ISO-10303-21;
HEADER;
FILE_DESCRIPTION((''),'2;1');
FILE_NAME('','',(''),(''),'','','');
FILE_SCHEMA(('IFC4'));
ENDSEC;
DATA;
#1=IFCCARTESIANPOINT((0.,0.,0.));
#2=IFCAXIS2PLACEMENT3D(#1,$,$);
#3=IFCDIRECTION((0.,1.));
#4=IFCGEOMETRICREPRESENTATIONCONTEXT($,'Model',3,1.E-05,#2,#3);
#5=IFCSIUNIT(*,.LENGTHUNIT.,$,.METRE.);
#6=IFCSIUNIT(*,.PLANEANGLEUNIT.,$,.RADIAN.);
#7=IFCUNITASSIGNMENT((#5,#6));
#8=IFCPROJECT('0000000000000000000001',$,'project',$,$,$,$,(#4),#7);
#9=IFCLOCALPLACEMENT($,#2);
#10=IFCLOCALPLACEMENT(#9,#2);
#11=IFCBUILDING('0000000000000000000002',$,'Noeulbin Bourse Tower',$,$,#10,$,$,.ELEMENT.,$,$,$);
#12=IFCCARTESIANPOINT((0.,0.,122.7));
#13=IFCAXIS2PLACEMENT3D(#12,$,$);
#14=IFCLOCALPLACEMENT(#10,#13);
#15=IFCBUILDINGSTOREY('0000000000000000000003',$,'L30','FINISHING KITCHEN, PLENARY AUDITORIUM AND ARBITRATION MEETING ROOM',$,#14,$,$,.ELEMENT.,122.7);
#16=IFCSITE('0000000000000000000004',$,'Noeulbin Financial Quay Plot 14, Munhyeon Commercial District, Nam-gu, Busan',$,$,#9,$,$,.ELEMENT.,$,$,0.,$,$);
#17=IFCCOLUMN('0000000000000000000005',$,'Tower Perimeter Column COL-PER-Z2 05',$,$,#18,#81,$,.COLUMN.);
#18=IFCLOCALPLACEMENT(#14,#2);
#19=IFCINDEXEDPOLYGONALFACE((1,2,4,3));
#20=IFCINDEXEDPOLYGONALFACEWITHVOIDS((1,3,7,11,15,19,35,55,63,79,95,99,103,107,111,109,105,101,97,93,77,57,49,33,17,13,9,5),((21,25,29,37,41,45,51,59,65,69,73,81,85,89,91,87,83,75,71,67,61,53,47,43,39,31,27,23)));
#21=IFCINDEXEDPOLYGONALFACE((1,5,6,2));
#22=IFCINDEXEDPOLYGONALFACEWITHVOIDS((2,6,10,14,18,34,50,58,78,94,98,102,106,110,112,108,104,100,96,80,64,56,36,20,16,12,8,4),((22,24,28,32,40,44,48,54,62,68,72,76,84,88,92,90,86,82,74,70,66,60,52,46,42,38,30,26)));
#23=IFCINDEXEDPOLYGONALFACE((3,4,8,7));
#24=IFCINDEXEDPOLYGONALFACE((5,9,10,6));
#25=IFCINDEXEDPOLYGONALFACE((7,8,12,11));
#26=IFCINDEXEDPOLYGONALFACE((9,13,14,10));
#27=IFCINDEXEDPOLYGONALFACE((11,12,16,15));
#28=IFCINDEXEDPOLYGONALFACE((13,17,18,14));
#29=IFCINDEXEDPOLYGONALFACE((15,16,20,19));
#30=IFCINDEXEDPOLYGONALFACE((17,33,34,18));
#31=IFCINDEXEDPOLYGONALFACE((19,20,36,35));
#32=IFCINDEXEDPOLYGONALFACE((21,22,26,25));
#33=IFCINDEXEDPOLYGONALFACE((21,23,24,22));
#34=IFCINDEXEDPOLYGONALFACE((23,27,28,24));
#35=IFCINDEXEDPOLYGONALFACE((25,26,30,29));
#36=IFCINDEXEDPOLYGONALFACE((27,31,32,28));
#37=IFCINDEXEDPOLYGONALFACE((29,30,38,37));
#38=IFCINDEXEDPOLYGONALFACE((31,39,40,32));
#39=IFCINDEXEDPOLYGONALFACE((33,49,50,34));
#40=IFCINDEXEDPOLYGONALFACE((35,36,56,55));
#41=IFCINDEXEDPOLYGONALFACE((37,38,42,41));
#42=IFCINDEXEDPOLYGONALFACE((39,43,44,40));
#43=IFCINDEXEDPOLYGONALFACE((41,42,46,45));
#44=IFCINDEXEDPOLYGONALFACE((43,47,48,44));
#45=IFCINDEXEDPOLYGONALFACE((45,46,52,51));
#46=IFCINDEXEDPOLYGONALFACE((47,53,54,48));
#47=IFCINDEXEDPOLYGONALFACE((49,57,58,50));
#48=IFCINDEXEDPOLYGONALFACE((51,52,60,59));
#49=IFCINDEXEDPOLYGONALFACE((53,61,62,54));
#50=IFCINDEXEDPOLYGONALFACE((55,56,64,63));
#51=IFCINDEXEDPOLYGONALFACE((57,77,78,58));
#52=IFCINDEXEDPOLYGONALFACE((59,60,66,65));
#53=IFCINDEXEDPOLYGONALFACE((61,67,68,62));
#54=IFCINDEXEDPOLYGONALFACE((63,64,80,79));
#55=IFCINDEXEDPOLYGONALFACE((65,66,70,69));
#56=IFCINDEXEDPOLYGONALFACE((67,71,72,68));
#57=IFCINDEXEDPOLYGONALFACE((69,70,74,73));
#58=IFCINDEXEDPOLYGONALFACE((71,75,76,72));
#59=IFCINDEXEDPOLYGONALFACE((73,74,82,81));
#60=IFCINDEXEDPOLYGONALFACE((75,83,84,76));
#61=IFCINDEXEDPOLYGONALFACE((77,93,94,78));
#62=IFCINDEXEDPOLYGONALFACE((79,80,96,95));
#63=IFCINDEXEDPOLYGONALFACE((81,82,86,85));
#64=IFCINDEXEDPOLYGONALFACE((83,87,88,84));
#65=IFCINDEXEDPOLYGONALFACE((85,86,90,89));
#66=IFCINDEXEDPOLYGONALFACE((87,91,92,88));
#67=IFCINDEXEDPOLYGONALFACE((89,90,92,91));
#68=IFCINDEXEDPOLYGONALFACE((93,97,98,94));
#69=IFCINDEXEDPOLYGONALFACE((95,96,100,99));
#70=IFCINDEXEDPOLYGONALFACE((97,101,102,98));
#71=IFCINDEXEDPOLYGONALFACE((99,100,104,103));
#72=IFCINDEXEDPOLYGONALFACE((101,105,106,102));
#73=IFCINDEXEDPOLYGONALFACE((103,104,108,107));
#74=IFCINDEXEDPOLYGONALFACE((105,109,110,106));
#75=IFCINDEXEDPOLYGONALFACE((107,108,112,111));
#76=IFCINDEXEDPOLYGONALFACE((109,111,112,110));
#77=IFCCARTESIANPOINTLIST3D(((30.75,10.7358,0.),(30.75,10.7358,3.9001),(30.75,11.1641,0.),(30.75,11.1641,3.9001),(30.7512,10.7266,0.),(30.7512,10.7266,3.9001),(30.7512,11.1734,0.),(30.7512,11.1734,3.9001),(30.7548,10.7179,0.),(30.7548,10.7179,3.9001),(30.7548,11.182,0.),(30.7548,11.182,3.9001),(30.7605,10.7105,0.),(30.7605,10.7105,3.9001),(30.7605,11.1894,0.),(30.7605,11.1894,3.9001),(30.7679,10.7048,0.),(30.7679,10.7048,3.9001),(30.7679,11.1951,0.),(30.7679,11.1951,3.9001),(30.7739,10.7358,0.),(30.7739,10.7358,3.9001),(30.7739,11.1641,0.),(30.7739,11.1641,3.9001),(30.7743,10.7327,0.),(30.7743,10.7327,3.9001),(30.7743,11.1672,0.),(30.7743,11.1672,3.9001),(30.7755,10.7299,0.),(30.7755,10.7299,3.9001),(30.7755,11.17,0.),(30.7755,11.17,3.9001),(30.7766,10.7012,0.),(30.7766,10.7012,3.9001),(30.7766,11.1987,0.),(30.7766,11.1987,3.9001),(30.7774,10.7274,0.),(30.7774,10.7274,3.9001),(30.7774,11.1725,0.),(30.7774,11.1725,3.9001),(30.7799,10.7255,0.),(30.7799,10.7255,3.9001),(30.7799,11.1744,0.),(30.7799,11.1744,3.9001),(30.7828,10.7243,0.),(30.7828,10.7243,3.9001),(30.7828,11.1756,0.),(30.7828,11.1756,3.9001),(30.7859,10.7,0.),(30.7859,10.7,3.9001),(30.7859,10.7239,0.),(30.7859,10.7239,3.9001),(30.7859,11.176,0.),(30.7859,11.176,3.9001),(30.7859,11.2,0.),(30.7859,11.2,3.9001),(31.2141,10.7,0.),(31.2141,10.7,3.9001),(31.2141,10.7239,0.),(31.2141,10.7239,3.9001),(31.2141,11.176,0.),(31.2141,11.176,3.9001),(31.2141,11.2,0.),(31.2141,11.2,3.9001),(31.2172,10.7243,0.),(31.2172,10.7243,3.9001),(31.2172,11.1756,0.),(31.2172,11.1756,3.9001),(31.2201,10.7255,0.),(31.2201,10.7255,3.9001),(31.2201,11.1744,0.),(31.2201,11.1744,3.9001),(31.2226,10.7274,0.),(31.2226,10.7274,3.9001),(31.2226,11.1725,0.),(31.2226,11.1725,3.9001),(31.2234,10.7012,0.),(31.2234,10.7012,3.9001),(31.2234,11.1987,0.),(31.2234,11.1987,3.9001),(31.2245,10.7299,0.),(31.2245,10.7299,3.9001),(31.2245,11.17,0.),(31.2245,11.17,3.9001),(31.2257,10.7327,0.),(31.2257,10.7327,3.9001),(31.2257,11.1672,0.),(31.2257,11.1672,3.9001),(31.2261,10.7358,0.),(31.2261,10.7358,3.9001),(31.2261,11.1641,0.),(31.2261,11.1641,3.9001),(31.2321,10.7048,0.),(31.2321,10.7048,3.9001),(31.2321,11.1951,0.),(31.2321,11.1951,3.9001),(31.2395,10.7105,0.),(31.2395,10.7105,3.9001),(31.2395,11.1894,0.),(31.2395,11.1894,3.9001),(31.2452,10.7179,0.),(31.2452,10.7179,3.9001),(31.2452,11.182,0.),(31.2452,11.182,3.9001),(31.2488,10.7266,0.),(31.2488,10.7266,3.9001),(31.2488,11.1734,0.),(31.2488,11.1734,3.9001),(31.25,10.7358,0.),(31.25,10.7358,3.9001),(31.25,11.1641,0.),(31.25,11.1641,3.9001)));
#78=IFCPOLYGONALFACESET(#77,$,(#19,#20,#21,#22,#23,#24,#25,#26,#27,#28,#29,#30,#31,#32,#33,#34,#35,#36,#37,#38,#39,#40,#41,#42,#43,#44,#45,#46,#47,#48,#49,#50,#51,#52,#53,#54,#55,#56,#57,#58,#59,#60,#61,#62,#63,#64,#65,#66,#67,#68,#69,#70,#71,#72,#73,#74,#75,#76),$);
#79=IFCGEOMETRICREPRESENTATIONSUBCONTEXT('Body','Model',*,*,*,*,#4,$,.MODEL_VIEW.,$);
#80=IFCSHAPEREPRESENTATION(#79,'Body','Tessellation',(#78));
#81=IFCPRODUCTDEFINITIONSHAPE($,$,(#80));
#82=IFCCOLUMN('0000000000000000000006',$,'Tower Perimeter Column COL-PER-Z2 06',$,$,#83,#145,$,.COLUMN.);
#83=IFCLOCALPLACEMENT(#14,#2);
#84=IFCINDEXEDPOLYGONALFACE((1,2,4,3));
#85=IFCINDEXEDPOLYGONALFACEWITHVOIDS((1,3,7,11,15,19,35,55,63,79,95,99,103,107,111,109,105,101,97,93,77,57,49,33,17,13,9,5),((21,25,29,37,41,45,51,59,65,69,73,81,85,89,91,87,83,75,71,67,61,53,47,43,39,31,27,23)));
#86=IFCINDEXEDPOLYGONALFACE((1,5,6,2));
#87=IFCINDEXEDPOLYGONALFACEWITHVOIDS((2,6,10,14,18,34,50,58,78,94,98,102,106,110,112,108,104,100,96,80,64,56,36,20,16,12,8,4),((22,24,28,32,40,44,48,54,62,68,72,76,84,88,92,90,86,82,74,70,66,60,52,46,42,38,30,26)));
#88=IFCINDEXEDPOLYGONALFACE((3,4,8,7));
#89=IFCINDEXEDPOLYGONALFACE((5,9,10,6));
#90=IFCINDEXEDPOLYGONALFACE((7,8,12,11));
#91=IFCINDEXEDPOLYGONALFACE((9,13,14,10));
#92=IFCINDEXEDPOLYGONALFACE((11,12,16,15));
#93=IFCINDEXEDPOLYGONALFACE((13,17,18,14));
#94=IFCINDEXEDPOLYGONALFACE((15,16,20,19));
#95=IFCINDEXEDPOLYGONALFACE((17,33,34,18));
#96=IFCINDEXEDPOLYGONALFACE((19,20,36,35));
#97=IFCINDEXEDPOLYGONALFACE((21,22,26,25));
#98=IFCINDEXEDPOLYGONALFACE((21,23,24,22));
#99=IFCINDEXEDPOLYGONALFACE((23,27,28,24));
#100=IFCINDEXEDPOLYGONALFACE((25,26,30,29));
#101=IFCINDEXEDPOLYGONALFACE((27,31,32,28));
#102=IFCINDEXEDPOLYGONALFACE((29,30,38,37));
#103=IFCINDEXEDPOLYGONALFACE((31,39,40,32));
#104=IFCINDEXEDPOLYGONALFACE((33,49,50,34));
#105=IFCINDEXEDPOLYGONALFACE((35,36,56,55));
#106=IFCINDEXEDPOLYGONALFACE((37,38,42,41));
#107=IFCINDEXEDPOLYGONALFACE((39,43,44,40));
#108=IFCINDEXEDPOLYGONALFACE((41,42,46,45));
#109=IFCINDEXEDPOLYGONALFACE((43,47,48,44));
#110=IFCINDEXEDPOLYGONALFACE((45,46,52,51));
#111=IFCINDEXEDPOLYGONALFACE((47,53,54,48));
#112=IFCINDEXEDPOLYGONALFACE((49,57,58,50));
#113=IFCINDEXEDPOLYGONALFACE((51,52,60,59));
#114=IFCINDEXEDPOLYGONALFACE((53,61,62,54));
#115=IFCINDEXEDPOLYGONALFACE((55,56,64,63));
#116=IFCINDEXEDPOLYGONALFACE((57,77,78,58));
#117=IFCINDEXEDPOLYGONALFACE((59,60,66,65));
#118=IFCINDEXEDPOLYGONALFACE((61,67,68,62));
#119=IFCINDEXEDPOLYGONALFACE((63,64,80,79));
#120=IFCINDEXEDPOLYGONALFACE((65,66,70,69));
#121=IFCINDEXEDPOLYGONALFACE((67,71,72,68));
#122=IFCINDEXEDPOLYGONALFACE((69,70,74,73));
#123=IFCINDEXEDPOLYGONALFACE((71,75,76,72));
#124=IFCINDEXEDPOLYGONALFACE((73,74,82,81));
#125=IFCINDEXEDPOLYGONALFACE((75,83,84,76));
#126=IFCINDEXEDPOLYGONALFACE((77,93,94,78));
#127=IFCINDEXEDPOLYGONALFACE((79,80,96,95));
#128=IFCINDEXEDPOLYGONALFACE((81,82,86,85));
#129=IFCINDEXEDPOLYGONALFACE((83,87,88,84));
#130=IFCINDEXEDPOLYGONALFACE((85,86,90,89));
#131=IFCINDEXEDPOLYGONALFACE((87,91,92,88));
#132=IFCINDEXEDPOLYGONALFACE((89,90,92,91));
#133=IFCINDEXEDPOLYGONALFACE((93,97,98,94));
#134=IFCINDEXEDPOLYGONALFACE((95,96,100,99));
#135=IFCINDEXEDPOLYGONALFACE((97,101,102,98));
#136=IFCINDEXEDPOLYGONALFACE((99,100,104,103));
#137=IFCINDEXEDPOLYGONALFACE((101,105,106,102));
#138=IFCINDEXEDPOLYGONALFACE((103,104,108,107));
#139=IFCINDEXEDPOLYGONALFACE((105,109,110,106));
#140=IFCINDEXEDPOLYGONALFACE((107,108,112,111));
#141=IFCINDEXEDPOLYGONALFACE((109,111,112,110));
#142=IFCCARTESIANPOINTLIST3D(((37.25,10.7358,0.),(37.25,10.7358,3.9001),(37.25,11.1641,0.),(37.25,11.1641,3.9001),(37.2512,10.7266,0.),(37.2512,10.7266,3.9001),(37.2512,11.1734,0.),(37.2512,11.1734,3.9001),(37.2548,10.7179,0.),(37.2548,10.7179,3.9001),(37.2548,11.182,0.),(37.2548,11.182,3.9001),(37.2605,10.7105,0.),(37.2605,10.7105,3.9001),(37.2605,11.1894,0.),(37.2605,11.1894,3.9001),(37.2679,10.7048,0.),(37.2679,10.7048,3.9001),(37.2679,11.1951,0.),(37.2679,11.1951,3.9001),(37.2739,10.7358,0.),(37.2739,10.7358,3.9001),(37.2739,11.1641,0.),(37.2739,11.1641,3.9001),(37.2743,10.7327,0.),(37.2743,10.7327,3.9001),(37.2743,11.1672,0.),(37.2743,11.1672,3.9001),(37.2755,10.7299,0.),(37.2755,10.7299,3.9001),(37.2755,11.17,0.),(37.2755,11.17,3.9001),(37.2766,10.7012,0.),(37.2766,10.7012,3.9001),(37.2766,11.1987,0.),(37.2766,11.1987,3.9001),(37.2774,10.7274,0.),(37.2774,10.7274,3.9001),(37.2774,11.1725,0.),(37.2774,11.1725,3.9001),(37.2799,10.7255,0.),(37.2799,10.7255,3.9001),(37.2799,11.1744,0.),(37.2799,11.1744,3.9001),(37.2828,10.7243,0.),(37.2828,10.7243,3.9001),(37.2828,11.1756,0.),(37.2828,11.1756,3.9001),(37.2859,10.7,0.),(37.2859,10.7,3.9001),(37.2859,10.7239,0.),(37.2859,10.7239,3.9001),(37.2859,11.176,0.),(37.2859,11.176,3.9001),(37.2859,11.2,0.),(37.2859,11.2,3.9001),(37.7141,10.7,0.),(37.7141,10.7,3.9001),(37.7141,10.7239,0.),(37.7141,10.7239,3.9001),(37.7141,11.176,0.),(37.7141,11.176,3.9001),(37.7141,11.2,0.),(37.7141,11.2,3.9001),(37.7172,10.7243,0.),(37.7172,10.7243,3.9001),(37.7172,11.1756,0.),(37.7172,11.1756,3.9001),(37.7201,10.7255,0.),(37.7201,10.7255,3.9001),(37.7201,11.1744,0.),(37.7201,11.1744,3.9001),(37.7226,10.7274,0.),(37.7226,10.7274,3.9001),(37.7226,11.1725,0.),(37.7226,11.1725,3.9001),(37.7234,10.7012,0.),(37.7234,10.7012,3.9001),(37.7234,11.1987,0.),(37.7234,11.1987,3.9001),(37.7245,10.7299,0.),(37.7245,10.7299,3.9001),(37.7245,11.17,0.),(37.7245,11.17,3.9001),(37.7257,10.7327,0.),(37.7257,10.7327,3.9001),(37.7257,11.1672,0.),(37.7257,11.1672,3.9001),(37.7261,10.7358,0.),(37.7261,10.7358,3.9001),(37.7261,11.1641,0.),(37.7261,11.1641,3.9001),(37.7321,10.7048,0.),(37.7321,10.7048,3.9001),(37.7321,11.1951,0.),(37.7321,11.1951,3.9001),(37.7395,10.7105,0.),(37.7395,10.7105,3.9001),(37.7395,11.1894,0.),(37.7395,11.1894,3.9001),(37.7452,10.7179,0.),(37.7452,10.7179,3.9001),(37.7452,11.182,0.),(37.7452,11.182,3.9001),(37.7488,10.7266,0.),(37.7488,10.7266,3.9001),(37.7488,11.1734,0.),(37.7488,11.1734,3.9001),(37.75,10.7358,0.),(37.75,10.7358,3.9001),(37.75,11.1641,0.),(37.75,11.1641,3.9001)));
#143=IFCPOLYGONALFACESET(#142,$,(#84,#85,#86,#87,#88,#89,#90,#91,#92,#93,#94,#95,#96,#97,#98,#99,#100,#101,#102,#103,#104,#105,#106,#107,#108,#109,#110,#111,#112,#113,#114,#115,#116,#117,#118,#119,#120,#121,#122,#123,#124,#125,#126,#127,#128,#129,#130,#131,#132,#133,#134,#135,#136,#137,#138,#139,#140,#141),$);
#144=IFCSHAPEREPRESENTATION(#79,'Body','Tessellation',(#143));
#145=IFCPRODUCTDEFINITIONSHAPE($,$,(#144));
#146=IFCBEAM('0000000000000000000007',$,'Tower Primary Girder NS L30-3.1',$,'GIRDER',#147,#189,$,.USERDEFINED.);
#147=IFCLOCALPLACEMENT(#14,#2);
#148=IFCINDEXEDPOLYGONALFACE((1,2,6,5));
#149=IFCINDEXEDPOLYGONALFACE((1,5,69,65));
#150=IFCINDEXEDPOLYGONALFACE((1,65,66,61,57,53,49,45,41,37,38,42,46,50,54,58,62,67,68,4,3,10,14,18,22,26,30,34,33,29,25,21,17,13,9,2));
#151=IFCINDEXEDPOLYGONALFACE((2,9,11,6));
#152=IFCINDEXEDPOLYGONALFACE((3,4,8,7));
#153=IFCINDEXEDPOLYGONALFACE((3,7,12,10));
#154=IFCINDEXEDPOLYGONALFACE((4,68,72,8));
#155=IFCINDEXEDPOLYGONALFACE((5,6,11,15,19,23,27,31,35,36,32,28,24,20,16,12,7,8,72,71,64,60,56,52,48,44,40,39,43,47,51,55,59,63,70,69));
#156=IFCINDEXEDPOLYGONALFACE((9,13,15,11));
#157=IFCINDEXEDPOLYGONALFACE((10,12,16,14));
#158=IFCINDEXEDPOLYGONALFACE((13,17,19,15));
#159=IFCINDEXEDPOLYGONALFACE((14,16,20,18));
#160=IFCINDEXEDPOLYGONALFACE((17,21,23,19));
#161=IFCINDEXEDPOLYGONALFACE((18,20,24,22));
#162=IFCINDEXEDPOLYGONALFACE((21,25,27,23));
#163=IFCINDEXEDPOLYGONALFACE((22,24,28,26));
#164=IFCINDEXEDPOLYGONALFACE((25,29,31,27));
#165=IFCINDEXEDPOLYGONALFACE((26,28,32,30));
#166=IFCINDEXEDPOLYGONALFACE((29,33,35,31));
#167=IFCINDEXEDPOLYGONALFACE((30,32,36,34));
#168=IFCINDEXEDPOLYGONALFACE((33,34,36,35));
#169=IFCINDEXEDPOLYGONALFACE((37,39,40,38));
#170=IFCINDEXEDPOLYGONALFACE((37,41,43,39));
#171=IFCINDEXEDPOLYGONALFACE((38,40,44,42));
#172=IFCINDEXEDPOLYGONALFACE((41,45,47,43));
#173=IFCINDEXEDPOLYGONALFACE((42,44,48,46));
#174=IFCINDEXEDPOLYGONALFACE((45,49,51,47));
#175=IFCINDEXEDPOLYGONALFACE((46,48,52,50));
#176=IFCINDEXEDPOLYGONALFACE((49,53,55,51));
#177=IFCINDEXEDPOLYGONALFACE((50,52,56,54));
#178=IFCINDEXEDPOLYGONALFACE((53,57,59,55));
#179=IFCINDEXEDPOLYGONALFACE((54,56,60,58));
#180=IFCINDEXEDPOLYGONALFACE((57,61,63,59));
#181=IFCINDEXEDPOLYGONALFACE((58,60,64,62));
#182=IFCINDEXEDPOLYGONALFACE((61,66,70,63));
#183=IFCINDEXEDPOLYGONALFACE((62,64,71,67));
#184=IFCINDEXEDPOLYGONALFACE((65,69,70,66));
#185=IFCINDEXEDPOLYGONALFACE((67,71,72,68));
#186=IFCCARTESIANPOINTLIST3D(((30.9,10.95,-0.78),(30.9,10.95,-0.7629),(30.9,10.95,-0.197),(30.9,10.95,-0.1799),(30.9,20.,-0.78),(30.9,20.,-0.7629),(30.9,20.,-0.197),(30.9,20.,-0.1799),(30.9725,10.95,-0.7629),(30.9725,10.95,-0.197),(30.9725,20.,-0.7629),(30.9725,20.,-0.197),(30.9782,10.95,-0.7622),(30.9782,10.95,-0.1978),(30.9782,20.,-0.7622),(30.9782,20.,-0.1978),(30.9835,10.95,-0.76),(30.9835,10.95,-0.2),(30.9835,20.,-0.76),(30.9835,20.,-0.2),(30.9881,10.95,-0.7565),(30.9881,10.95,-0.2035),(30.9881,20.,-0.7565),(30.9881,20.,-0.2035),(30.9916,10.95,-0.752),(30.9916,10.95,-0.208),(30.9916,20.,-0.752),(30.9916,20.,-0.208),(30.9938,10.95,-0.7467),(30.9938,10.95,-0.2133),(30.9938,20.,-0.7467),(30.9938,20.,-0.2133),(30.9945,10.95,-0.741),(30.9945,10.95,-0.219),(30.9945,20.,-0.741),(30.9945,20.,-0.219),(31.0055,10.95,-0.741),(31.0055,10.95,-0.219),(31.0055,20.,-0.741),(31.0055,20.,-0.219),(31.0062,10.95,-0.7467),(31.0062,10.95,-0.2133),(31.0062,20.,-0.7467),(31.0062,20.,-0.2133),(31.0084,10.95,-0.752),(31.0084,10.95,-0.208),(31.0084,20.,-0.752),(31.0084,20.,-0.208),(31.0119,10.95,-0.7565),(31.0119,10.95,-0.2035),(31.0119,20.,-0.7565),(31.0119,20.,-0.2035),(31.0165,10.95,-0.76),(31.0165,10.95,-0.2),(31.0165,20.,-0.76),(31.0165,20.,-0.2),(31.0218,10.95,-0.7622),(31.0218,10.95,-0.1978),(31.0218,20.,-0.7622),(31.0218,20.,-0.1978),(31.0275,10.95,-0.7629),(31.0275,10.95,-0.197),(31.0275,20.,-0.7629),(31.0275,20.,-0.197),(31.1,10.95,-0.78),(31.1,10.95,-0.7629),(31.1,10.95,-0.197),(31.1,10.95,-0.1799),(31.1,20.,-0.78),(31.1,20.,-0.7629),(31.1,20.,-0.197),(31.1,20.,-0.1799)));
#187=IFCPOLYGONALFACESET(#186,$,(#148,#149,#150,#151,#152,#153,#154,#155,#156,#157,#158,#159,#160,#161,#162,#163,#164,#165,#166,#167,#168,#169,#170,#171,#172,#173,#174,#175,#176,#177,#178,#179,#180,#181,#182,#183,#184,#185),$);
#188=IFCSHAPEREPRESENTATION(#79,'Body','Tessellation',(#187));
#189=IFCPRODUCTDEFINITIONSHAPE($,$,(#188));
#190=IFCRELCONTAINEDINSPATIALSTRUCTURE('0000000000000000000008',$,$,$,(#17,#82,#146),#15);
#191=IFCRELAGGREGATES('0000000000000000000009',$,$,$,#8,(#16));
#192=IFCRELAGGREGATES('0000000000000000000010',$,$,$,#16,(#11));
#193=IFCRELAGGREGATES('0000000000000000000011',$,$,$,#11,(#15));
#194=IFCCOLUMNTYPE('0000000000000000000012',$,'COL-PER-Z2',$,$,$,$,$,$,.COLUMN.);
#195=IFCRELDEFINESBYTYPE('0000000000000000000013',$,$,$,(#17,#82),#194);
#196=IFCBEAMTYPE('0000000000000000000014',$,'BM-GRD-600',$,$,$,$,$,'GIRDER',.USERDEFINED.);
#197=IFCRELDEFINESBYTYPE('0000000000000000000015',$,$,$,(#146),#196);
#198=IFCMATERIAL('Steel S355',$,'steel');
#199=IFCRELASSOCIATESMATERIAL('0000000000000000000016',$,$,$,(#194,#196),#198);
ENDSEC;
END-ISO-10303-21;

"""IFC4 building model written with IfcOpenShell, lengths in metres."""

from ifc_helpers import new_model, si_unit, direction, frame, origin, origin_2d, place, context, subcontext, project, spatial, hollow_rectangle, i_section, extrude, material, material_profile, profile_set, type_object, element, save


model = new_model("IFC4")

# Units and contexts
model_context = context("Model", 3, precision=1e-05, world=origin(), true_north=direction((0.0, 1.0)))
body_context = subcontext(model_context, "Body", "Model", "MODEL_VIEW")
ifc_project = project(units=[si_unit("LENGTHUNIT", "METRE"), si_unit("PLANEANGLEUNIT", "RADIAN")], contexts=[model_context])

# Site, building, storey
site_placement = place(None, origin())
site = spatial("IfcSite", under=ifc_project, at=site_placement, Name="Noeulbin Financial Quay Plot 14, Munhyeon Commercial District, Nam-gu, Busan", CompositionType="ELEMENT", RefElevation=0.0)
building_placement = place(site_placement, origin())
building = spatial("IfcBuilding", under=site, at=building_placement, Name="Noeulbin Bourse Tower", CompositionType="ELEMENT")
storey_placement = place(building_placement, frame((0.0, 0.0, 122.7)))
storey = spatial("IfcBuildingStorey", under=building, at=storey_placement, Name="L30", Description="FINISHING KITCHEN, PLENARY AUDITORIUM AND ARBITRATION MEETING ROOM", CompositionType="ELEMENT", Elevation=122.7)

# Columns
ifc_material_1 = material(Name="Steel S355", Category="steel")
ifc_material_profile_1 = material_profile(ifc_material_1, hollow_rectangle(XDim=0.5, YDim=0.5, WallThickness=0.0239, InnerFilletRadius=0.012, OuterFilletRadius=0.0359, at=origin_2d()), Name="BOX-500x500x24", Category="LoadBearing")
ifc_profile_set_1 = profile_set([ifc_material_profile_1], Name="Steel S355")
column_type = type_object("IfcColumnType", Name="COL-PER-Z2", PredefinedType="COLUMN", material=ifc_profile_set_1)
for number, where, z_axis, x_axis, name in (
    (1, (31.0, 10.95, 0.0), (0.0, 0.0, 1.0), (1.0, 0.0, 0.0), "Tower Perimeter Column COL-PER-Z2 05"),
    (2, (37.5, 10.95, 0.0), (0.0, 0.0, 1.0), (1.0, 0.0, 0.0), "Tower Perimeter Column COL-PER-Z2 06"),
):
    element("IfcColumn", number, at=place(storey_placement, frame(where, z_axis=z_axis, x_axis=x_axis)), inside=storey, type_object=column_type, Name=name, PredefinedType="COLUMN", context=body_context, shape_type="SweptSolid", body=[
        extrude(hollow_rectangle(XDim=0.5, YDim=0.5, WallThickness=0.0239, InnerFilletRadius=0.012, OuterFilletRadius=0.0359, at=origin_2d()), origin(), (0.0, 0.0, 1.0), 3.9001),
    ])

# Beam
ifc_material_profile_2 = material_profile(ifc_material_1, i_section(OverallWidth=0.2, OverallDepth=0.6001, WebThickness=0.011, FlangeThickness=0.0171, FilletRadius=0.022, at=origin_2d()), Name="H-600x200x11x17", Category="LoadBearing")
ifc_profile_set_2 = profile_set([ifc_material_profile_2], Name="Steel S355")
beam_type_1 = type_object("IfcBeamType", Name="BM-GRD-600", ElementType="GIRDER", PredefinedType="USERDEFINED", material=ifc_profile_set_2)
for number, where, z_axis, x_axis, name in (
    (3, (31.0, 10.95, -0.48), (0.0, 1.0, 0.0), (-1.0, 0.0, 0.0), "Tower Primary Girder NS L30-3.1"),
):
    element("IfcBeam", number, at=place(storey_placement, frame(where, z_axis=z_axis, x_axis=x_axis)), inside=storey, type_object=beam_type_1, Name=name, ObjectType="GIRDER", PredefinedType="USERDEFINED", context=body_context, shape_type="SweptSolid", body=[
        extrude(i_section(OverallWidth=0.2, OverallDepth=0.6001, WebThickness=0.011, FlangeThickness=0.0171, FilletRadius=0.022, at=origin_2d()), origin(), (0.0, 0.0, 1.0), 9.05),
    ])

save(model, "model.ifc")
